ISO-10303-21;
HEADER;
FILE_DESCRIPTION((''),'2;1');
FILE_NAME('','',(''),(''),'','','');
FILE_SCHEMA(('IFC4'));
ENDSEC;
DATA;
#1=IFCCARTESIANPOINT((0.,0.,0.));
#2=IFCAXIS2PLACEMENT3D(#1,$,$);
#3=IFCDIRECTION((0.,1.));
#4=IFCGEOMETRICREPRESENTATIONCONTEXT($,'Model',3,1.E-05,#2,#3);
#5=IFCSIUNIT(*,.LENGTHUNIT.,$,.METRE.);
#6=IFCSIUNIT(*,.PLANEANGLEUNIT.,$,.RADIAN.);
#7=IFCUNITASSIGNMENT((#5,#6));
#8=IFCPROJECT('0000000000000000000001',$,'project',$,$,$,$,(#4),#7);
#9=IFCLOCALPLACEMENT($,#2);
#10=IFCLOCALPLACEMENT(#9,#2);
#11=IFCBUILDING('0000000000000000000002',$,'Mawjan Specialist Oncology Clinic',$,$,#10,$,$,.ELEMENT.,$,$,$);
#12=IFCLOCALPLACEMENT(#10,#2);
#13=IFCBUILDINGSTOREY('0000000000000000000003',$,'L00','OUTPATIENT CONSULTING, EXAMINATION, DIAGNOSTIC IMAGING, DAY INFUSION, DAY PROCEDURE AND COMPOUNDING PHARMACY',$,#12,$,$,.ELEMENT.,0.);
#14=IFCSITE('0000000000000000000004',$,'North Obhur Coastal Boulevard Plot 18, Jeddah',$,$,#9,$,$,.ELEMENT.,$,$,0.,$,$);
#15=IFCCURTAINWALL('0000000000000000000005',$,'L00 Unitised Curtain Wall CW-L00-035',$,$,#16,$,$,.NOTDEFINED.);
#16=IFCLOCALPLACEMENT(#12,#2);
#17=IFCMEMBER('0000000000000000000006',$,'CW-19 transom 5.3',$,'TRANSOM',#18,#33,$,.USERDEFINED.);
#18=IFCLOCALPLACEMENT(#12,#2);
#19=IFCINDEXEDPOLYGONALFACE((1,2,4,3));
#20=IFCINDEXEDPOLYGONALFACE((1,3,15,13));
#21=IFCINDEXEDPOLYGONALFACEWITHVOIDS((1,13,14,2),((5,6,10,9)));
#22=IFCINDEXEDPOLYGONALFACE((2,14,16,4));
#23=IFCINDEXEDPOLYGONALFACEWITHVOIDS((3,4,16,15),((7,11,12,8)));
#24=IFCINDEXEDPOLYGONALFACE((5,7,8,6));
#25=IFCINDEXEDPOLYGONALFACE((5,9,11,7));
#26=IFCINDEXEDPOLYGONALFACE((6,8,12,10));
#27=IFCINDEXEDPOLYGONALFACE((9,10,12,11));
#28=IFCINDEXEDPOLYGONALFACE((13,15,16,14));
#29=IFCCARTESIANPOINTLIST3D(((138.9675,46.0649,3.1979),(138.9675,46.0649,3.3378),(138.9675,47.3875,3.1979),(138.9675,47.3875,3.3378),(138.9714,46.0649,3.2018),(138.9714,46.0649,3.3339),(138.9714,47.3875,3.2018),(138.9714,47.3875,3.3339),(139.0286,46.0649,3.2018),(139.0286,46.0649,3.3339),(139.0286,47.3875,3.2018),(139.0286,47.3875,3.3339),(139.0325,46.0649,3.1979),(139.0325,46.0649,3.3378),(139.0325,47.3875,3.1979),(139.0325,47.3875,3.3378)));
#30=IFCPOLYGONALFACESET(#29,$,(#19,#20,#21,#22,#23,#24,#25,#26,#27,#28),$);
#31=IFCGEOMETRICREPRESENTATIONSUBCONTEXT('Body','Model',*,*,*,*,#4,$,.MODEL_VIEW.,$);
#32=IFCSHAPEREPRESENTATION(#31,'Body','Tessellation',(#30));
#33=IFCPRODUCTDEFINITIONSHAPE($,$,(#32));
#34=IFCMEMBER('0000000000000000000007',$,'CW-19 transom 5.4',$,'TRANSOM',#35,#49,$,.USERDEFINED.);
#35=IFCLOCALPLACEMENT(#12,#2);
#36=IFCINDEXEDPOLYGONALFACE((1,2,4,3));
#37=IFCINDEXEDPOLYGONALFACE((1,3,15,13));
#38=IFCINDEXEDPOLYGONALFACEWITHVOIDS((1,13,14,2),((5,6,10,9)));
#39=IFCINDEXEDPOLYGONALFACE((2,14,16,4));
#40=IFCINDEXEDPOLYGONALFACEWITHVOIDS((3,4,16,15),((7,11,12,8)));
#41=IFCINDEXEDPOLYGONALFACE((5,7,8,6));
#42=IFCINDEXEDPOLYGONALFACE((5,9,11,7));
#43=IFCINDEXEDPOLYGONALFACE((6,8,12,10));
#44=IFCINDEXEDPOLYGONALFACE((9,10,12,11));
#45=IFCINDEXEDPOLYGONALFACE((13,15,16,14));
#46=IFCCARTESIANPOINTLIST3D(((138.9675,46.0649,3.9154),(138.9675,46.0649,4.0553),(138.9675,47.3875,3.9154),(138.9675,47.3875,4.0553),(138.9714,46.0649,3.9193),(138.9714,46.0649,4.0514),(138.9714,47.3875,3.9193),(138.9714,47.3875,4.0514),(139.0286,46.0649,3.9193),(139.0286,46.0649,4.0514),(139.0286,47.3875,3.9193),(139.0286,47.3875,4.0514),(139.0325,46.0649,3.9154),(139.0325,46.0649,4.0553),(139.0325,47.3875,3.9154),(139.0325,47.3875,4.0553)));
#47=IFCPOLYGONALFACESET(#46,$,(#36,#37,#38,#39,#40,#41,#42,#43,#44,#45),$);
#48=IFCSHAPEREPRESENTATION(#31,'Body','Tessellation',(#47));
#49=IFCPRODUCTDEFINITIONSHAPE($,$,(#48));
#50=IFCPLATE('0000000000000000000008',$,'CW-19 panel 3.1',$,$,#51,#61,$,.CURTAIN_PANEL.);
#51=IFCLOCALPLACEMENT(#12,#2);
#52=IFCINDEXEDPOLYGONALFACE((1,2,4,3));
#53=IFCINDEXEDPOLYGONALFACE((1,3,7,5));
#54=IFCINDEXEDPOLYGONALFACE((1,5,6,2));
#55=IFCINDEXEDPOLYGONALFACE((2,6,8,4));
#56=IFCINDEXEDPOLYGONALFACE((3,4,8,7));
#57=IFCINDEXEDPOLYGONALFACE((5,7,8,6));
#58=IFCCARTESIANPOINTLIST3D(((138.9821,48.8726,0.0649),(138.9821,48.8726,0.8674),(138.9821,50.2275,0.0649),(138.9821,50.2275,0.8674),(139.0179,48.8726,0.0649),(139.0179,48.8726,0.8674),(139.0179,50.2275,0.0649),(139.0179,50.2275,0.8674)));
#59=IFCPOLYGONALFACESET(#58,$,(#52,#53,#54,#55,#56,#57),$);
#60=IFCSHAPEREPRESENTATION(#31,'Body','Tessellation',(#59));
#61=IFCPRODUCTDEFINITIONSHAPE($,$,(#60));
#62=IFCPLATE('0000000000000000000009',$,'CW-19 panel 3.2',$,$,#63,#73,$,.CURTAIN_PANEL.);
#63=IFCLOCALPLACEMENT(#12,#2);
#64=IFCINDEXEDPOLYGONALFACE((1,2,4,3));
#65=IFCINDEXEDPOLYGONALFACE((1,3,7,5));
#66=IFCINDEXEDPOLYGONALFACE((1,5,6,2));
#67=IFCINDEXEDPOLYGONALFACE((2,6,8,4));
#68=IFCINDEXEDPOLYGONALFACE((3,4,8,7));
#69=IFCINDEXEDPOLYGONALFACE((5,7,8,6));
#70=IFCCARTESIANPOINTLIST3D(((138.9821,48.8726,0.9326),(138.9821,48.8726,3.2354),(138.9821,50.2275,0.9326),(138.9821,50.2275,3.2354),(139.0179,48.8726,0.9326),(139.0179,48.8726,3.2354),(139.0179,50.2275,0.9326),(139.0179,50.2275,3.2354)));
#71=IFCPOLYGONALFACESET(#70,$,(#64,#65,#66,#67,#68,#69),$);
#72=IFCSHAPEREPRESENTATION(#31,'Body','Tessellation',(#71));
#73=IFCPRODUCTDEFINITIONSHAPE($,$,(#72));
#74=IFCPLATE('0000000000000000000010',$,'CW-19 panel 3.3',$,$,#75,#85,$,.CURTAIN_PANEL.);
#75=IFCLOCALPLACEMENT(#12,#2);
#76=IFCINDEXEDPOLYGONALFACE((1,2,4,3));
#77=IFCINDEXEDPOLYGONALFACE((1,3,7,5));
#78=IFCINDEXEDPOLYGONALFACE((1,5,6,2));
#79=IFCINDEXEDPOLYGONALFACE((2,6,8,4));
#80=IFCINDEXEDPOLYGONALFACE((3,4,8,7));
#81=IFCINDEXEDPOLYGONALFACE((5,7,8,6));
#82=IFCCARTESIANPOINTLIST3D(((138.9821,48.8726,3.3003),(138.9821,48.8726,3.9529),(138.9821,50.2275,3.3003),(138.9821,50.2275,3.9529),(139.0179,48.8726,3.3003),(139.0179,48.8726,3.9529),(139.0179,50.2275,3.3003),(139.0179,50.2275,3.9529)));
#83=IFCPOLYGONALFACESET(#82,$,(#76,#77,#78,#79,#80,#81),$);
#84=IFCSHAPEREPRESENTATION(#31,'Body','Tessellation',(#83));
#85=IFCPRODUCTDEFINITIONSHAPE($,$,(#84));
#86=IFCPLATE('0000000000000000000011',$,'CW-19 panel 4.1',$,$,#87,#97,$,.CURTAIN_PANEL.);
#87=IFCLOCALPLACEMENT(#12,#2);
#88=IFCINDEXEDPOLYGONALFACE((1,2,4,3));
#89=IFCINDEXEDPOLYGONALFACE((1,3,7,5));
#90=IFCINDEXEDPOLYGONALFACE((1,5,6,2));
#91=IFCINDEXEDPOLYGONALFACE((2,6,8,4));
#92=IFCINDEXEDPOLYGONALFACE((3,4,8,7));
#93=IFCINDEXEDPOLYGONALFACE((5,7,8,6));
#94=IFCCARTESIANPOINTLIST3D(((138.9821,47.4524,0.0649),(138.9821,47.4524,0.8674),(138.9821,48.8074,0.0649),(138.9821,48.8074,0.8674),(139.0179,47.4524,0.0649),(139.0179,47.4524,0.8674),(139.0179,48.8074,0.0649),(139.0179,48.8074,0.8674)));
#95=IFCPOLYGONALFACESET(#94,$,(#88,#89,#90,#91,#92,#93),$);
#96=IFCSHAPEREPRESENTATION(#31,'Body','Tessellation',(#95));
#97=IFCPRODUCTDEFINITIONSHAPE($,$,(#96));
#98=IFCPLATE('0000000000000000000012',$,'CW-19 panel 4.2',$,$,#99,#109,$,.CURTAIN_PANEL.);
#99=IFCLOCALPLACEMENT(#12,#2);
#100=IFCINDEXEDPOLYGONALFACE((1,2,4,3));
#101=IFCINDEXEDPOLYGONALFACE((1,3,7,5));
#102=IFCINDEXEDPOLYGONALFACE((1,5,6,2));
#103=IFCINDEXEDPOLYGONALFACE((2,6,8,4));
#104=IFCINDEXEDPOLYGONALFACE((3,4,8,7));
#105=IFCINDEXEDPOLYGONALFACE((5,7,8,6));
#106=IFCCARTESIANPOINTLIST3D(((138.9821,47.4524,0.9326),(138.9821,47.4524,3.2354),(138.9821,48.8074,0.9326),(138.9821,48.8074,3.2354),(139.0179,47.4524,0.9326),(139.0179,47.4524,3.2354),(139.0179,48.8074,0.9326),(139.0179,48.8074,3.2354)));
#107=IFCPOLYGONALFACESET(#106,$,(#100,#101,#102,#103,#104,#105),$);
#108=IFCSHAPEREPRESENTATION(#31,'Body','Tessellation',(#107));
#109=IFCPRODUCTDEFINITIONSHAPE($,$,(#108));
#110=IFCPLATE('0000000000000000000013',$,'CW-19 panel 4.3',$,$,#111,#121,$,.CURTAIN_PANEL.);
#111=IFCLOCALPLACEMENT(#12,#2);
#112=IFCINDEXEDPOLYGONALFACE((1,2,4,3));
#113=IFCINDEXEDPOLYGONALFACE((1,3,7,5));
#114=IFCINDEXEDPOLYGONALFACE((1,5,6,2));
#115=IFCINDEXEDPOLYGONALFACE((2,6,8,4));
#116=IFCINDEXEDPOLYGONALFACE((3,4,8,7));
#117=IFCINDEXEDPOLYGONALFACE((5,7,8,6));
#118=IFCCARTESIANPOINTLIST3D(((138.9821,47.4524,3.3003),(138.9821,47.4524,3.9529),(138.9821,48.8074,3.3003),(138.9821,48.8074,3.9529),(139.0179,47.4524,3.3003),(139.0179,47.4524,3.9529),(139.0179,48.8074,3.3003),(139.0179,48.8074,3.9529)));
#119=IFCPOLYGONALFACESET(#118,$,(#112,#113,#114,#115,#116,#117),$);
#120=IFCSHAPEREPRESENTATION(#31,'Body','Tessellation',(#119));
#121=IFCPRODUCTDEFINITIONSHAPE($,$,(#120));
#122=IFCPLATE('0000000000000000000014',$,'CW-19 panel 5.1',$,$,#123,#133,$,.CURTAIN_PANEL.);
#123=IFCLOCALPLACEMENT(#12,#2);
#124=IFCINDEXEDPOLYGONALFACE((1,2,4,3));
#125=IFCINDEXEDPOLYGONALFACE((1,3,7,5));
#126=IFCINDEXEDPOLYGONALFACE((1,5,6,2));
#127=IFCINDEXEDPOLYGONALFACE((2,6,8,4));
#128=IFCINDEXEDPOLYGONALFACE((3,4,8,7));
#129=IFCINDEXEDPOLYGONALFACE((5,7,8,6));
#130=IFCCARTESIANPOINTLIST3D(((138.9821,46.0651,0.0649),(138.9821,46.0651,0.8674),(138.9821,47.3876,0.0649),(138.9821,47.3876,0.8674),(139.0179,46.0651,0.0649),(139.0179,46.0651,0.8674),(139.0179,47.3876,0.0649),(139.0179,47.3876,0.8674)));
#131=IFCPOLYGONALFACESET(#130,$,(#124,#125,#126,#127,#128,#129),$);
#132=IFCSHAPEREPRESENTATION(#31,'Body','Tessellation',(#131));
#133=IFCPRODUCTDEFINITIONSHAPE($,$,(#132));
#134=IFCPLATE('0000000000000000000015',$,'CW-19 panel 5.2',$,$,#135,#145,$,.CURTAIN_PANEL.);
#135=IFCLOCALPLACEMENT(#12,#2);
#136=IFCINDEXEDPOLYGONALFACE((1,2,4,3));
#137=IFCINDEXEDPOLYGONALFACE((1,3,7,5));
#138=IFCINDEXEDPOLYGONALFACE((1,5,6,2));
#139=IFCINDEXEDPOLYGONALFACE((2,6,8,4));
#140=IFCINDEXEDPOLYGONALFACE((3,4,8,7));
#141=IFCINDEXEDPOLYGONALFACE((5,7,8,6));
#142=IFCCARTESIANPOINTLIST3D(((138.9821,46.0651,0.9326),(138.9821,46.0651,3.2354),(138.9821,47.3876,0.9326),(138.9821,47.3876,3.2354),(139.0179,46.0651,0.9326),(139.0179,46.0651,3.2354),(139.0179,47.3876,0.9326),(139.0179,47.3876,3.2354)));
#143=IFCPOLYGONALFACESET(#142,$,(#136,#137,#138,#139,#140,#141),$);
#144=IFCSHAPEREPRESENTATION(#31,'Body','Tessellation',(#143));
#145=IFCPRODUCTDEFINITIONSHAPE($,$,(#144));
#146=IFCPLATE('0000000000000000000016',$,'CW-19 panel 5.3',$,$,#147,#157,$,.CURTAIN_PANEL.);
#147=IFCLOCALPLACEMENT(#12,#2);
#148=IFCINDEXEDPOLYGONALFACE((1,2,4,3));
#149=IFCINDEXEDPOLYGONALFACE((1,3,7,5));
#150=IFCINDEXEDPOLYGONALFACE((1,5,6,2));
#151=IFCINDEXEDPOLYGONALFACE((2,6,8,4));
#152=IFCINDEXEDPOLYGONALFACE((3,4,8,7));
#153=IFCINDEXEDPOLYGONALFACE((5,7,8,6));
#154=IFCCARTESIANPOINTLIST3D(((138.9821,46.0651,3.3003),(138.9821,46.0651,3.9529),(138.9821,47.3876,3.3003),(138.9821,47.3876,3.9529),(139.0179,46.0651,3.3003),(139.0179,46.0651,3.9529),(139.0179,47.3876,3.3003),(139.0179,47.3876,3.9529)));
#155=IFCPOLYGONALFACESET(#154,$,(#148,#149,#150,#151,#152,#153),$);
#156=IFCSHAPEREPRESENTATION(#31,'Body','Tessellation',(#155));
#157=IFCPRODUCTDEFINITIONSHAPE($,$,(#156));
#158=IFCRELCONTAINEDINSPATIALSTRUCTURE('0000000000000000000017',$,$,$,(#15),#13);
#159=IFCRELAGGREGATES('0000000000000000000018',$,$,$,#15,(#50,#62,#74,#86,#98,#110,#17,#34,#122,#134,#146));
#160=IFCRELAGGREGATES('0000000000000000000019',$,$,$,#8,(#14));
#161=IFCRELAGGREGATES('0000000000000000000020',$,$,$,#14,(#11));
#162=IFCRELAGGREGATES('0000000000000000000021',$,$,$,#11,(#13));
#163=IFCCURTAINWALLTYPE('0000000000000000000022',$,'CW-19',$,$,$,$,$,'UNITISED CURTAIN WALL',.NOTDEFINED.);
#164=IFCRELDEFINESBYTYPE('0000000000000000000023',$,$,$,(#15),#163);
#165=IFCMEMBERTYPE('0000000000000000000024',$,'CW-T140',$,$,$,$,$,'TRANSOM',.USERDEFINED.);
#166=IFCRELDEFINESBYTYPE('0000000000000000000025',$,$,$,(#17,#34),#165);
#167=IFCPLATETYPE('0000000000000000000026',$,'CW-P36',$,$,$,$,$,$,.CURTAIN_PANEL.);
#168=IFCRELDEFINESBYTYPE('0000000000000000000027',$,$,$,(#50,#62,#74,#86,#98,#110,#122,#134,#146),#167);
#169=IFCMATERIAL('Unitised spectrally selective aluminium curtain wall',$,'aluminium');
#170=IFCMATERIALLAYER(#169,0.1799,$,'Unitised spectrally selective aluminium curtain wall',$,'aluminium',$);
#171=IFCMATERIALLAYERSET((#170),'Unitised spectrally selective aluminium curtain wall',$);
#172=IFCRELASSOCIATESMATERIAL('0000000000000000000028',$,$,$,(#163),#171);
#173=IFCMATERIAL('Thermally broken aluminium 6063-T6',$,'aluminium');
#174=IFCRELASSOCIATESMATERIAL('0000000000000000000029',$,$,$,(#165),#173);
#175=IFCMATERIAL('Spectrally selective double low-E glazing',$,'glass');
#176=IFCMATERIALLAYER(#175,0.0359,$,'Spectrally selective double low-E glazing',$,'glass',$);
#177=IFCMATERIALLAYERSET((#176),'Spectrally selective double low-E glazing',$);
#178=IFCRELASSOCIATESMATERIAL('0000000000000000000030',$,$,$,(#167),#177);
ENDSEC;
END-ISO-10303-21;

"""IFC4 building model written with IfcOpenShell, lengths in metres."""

from ifc_helpers import new_model, si_unit, direction, frame, origin, origin_2d, place, context, subcontext, project, spatial, rectangle, hollow_rectangle, extrude, material, layer, layer_set, material_profile, profile_set, type_object, element, aggregate, save


model = new_model("IFC4")

# Units and contexts
model_context = context("Model", 3, precision=1e-05, world=origin(), true_north=direction((0.0, 1.0)))
body_context = subcontext(model_context, "Body", "Model", "MODEL_VIEW")
ifc_project = project(units=[si_unit("LENGTHUNIT", "METRE"), si_unit("PLANEANGLEUNIT", "RADIAN")], contexts=[model_context])

# Site, building, storey
site_placement = place(None, origin())
site = spatial("IfcSite", under=ifc_project, at=site_placement, Name="North Obhur Coastal Boulevard Plot 18, Jeddah", CompositionType="ELEMENT", RefElevation=0.0)
building_placement = place(site_placement, origin())
building = spatial("IfcBuilding", under=site, at=building_placement, Name="Mawjan Specialist Oncology Clinic", CompositionType="ELEMENT")
storey_placement = place(building_placement, origin())
storey = spatial("IfcBuildingStorey", under=building, at=storey_placement, Name="L00", Description="OUTPATIENT CONSULTING, EXAMINATION, DIAGNOSTIC IMAGING, DAY INFUSION, DAY PROCEDURE AND COMPOUNDING PHARMACY", CompositionType="ELEMENT", Elevation=0.0)

# Curtain wall, members, plates
ifc_material_1 = material(Name="Unitised spectrally selective aluminium curtain wall", Category="aluminium")
ifc_layer_1 = layer(ifc_material_1, 0.1799, Name="Unitised spectrally selective aluminium curtain wall", Category="aluminium")
ifc_layer_set_1 = layer_set([ifc_layer_1], Name="Unitised spectrally selective aluminium curtain wall")
curtain_wall_type = type_object("IfcCurtainWallType", Name="CW-19", ElementType="UNITISED CURTAIN WALL", PredefinedType="NOTDEFINED", material=ifc_layer_set_1)
curtain_wall_placement = place(storey_placement, origin())
curtain_wall = element("IfcCurtainWall", 1, at=curtain_wall_placement, inside=storey, type_object=curtain_wall_type, Name="L00 Unitised Curtain Wall CW-L00-035", PredefinedType="NOTDEFINED")
ifc_material_2 = material(Name="Thermally broken aluminium 6063-T6", Category="aluminium")
ifc_material_profile_1 = material_profile(ifc_material_2, hollow_rectangle(XDim=0.0649, YDim=0.1399, WallThickness=0.0039, at=origin_2d()), Name="ALU TRANSOM 140x65x4", Category="aluminium")
ifc_profile_set_1 = profile_set([ifc_material_profile_1], Name="Thermally broken aluminium 6063-T6")
member_type_1 = type_object("IfcMemberType", Name="CW-T140", ElementType="TRANSOM", PredefinedType="USERDEFINED", material=ifc_profile_set_1)
member_1_placement = place(storey_placement, frame((139.0, 47.3875, 3.2678), z_axis=(0.0, -1.0, 0.0), x_axis=(1.0, 0.0, 0.0)))
member_1 = element("IfcMember", 2, at=member_1_placement, type_object=member_type_1, Name="CW-19 transom 5.3", ObjectType="TRANSOM", PredefinedType="USERDEFINED", context=body_context, shape_type="SweptSolid", body=[
    extrude(hollow_rectangle(XDim=0.0649, YDim=0.1399, WallThickness=0.0039, at=origin_2d()), origin(), (0.0, 0.0, 1.0), 1.3225),
])
member_2_placement = place(storey_placement, frame((139.0, 47.3875, 3.9854), z_axis=(0.0, -1.0, 0.0), x_axis=(1.0, 0.0, 0.0)))
member_2 = element("IfcMember", 3, at=member_2_placement, type_object=member_type_1, Name="CW-19 transom 5.4", ObjectType="TRANSOM", PredefinedType="USERDEFINED", context=body_context, shape_type="SweptSolid", body=[
    extrude(hollow_rectangle(XDim=0.0649, YDim=0.1399, WallThickness=0.0039, at=origin_2d()), origin(), (0.0, 0.0, 1.0), 1.3225),
])
ifc_material_3 = material(Name="Spectrally selective double low-E glazing", Category="glass")
ifc_layer_2 = layer(ifc_material_3, 0.0359, Name="Spectrally selective double low-E glazing", Category="glass")
ifc_layer_set_2 = layer_set([ifc_layer_2], Name="Spectrally selective double low-E glazing")
plate_type = type_object("IfcPlateType", Name="CW-P36", PredefinedType="CURTAIN_PANEL", material=ifc_layer_set_2)
plate_1_placement = place(storey_placement, frame((139.0, 49.55, 0.0649), z_axis=(0.0, 0.0, 1.0), x_axis=(0.0, -1.0, 0.0)))
plate_1 = element("IfcPlate", 4, at=plate_1_placement, type_object=plate_type, Name="CW-19 panel 3.1", PredefinedType="CURTAIN_PANEL", context=body_context, shape_type="SweptSolid", body=[
    extrude(rectangle(XDim=1.355, YDim=0.0359, at=origin_2d()), origin(), (0.0, 0.0, 1.0), 0.8025),
])
plate_2_placement = place(storey_placement, frame((139.0, 49.55, 0.9326), z_axis=(0.0, 0.0, 1.0), x_axis=(0.0, -1.0, 0.0)))
plate_2 = element("IfcPlate", 5, at=plate_2_placement, type_object=plate_type, Name="CW-19 panel 3.2", PredefinedType="CURTAIN_PANEL", context=body_context, shape_type="SweptSolid", body=[
    extrude(rectangle(XDim=1.355, YDim=0.0359, at=origin_2d()), origin(), (0.0, 0.0, 1.0), 2.3027),
])
plate_3_placement = place(storey_placement, frame((139.0, 49.55, 3.3003), z_axis=(0.0, 0.0, 1.0), x_axis=(0.0, -1.0, 0.0)))
plate_3 = element("IfcPlate", 6, at=plate_3_placement, type_object=plate_type, Name="CW-19 panel 3.3", PredefinedType="CURTAIN_PANEL", context=body_context, shape_type="SweptSolid", body=[
    extrude(rectangle(XDim=1.355, YDim=0.0359, at=origin_2d()), origin(), (0.0, 0.0, 1.0), 0.6526),
])
plate_4_placement = place(storey_placement, frame((139.0, 48.1299, 0.0649), z_axis=(0.0, 0.0, 1.0), x_axis=(0.0, -1.0, 0.0)))
plate_4 = element("IfcPlate", 7, at=plate_4_placement, type_object=plate_type, Name="CW-19 panel 4.1", PredefinedType="CURTAIN_PANEL", context=body_context, shape_type="SweptSolid", body=[
    extrude(rectangle(XDim=1.355, YDim=0.0359, at=origin_2d()), origin(), (0.0, 0.0, 1.0), 0.8025),
])
plate_5_placement = place(storey_placement, frame((139.0, 48.1299, 0.9326), z_axis=(0.0, 0.0, 1.0), x_axis=(0.0, -1.0, 0.0)))
plate_5 = element("IfcPlate", 8, at=plate_5_placement, type_object=plate_type, Name="CW-19 panel 4.2", PredefinedType="CURTAIN_PANEL", context=body_context, shape_type="SweptSolid", body=[
    extrude(rectangle(XDim=1.355, YDim=0.0359, at=origin_2d()), origin(), (0.0, 0.0, 1.0), 2.3027),
])
plate_6_placement = place(storey_placement, frame((139.0, 48.1299, 3.3003), z_axis=(0.0, 0.0, 1.0), x_axis=(0.0, -1.0, 0.0)))
plate_6 = element("IfcPlate", 9, at=plate_6_placement, type_object=plate_type, Name="CW-19 panel 4.3", PredefinedType="CURTAIN_PANEL", context=body_context, shape_type="SweptSolid", body=[
    extrude(rectangle(XDim=1.355, YDim=0.0359, at=origin_2d()), origin(), (0.0, 0.0, 1.0), 0.6526),
])
plate_7_placement = place(storey_placement, frame((139.0, 46.7263, 0.0649), z_axis=(0.0, 0.0, 1.0), x_axis=(0.0, -1.0, 0.0)))
plate_7 = element("IfcPlate", 10, at=plate_7_placement, type_object=plate_type, Name="CW-19 panel 5.1", PredefinedType="CURTAIN_PANEL", context=body_context, shape_type="SweptSolid", body=[
    extrude(rectangle(XDim=1.3225, YDim=0.0359, at=origin_2d()), origin(), (0.0, 0.0, 1.0), 0.8025),
])
plate_8_placement = place(storey_placement, frame((139.0, 46.7263, 0.9326), z_axis=(0.0, 0.0, 1.0), x_axis=(0.0, -1.0, 0.0)))
plate_8 = element("IfcPlate", 11, at=plate_8_placement, type_object=plate_type, Name="CW-19 panel 5.2", PredefinedType="CURTAIN_PANEL", context=body_context, shape_type="SweptSolid", body=[
    extrude(rectangle(XDim=1.3225, YDim=0.0359, at=origin_2d()), origin(), (0.0, 0.0, 1.0), 2.3027),
])
plate_9_placement = place(storey_placement, frame((139.0, 46.7263, 3.3003), z_axis=(0.0, 0.0, 1.0), x_axis=(0.0, -1.0, 0.0)))
plate_9 = element("IfcPlate", 12, at=plate_9_placement, type_object=plate_type, Name="CW-19 panel 5.3", PredefinedType="CURTAIN_PANEL", context=body_context, shape_type="SweptSolid", body=[
    extrude(rectangle(XDim=1.3225, YDim=0.0359, at=origin_2d()), origin(), (0.0, 0.0, 1.0), 0.6526),
])
aggregate(curtain_wall, [plate_1, plate_2, plate_3, plate_4, plate_5, plate_6, member_1, member_2, plate_7, plate_8, plate_9])

save(model, "model.ifc")
